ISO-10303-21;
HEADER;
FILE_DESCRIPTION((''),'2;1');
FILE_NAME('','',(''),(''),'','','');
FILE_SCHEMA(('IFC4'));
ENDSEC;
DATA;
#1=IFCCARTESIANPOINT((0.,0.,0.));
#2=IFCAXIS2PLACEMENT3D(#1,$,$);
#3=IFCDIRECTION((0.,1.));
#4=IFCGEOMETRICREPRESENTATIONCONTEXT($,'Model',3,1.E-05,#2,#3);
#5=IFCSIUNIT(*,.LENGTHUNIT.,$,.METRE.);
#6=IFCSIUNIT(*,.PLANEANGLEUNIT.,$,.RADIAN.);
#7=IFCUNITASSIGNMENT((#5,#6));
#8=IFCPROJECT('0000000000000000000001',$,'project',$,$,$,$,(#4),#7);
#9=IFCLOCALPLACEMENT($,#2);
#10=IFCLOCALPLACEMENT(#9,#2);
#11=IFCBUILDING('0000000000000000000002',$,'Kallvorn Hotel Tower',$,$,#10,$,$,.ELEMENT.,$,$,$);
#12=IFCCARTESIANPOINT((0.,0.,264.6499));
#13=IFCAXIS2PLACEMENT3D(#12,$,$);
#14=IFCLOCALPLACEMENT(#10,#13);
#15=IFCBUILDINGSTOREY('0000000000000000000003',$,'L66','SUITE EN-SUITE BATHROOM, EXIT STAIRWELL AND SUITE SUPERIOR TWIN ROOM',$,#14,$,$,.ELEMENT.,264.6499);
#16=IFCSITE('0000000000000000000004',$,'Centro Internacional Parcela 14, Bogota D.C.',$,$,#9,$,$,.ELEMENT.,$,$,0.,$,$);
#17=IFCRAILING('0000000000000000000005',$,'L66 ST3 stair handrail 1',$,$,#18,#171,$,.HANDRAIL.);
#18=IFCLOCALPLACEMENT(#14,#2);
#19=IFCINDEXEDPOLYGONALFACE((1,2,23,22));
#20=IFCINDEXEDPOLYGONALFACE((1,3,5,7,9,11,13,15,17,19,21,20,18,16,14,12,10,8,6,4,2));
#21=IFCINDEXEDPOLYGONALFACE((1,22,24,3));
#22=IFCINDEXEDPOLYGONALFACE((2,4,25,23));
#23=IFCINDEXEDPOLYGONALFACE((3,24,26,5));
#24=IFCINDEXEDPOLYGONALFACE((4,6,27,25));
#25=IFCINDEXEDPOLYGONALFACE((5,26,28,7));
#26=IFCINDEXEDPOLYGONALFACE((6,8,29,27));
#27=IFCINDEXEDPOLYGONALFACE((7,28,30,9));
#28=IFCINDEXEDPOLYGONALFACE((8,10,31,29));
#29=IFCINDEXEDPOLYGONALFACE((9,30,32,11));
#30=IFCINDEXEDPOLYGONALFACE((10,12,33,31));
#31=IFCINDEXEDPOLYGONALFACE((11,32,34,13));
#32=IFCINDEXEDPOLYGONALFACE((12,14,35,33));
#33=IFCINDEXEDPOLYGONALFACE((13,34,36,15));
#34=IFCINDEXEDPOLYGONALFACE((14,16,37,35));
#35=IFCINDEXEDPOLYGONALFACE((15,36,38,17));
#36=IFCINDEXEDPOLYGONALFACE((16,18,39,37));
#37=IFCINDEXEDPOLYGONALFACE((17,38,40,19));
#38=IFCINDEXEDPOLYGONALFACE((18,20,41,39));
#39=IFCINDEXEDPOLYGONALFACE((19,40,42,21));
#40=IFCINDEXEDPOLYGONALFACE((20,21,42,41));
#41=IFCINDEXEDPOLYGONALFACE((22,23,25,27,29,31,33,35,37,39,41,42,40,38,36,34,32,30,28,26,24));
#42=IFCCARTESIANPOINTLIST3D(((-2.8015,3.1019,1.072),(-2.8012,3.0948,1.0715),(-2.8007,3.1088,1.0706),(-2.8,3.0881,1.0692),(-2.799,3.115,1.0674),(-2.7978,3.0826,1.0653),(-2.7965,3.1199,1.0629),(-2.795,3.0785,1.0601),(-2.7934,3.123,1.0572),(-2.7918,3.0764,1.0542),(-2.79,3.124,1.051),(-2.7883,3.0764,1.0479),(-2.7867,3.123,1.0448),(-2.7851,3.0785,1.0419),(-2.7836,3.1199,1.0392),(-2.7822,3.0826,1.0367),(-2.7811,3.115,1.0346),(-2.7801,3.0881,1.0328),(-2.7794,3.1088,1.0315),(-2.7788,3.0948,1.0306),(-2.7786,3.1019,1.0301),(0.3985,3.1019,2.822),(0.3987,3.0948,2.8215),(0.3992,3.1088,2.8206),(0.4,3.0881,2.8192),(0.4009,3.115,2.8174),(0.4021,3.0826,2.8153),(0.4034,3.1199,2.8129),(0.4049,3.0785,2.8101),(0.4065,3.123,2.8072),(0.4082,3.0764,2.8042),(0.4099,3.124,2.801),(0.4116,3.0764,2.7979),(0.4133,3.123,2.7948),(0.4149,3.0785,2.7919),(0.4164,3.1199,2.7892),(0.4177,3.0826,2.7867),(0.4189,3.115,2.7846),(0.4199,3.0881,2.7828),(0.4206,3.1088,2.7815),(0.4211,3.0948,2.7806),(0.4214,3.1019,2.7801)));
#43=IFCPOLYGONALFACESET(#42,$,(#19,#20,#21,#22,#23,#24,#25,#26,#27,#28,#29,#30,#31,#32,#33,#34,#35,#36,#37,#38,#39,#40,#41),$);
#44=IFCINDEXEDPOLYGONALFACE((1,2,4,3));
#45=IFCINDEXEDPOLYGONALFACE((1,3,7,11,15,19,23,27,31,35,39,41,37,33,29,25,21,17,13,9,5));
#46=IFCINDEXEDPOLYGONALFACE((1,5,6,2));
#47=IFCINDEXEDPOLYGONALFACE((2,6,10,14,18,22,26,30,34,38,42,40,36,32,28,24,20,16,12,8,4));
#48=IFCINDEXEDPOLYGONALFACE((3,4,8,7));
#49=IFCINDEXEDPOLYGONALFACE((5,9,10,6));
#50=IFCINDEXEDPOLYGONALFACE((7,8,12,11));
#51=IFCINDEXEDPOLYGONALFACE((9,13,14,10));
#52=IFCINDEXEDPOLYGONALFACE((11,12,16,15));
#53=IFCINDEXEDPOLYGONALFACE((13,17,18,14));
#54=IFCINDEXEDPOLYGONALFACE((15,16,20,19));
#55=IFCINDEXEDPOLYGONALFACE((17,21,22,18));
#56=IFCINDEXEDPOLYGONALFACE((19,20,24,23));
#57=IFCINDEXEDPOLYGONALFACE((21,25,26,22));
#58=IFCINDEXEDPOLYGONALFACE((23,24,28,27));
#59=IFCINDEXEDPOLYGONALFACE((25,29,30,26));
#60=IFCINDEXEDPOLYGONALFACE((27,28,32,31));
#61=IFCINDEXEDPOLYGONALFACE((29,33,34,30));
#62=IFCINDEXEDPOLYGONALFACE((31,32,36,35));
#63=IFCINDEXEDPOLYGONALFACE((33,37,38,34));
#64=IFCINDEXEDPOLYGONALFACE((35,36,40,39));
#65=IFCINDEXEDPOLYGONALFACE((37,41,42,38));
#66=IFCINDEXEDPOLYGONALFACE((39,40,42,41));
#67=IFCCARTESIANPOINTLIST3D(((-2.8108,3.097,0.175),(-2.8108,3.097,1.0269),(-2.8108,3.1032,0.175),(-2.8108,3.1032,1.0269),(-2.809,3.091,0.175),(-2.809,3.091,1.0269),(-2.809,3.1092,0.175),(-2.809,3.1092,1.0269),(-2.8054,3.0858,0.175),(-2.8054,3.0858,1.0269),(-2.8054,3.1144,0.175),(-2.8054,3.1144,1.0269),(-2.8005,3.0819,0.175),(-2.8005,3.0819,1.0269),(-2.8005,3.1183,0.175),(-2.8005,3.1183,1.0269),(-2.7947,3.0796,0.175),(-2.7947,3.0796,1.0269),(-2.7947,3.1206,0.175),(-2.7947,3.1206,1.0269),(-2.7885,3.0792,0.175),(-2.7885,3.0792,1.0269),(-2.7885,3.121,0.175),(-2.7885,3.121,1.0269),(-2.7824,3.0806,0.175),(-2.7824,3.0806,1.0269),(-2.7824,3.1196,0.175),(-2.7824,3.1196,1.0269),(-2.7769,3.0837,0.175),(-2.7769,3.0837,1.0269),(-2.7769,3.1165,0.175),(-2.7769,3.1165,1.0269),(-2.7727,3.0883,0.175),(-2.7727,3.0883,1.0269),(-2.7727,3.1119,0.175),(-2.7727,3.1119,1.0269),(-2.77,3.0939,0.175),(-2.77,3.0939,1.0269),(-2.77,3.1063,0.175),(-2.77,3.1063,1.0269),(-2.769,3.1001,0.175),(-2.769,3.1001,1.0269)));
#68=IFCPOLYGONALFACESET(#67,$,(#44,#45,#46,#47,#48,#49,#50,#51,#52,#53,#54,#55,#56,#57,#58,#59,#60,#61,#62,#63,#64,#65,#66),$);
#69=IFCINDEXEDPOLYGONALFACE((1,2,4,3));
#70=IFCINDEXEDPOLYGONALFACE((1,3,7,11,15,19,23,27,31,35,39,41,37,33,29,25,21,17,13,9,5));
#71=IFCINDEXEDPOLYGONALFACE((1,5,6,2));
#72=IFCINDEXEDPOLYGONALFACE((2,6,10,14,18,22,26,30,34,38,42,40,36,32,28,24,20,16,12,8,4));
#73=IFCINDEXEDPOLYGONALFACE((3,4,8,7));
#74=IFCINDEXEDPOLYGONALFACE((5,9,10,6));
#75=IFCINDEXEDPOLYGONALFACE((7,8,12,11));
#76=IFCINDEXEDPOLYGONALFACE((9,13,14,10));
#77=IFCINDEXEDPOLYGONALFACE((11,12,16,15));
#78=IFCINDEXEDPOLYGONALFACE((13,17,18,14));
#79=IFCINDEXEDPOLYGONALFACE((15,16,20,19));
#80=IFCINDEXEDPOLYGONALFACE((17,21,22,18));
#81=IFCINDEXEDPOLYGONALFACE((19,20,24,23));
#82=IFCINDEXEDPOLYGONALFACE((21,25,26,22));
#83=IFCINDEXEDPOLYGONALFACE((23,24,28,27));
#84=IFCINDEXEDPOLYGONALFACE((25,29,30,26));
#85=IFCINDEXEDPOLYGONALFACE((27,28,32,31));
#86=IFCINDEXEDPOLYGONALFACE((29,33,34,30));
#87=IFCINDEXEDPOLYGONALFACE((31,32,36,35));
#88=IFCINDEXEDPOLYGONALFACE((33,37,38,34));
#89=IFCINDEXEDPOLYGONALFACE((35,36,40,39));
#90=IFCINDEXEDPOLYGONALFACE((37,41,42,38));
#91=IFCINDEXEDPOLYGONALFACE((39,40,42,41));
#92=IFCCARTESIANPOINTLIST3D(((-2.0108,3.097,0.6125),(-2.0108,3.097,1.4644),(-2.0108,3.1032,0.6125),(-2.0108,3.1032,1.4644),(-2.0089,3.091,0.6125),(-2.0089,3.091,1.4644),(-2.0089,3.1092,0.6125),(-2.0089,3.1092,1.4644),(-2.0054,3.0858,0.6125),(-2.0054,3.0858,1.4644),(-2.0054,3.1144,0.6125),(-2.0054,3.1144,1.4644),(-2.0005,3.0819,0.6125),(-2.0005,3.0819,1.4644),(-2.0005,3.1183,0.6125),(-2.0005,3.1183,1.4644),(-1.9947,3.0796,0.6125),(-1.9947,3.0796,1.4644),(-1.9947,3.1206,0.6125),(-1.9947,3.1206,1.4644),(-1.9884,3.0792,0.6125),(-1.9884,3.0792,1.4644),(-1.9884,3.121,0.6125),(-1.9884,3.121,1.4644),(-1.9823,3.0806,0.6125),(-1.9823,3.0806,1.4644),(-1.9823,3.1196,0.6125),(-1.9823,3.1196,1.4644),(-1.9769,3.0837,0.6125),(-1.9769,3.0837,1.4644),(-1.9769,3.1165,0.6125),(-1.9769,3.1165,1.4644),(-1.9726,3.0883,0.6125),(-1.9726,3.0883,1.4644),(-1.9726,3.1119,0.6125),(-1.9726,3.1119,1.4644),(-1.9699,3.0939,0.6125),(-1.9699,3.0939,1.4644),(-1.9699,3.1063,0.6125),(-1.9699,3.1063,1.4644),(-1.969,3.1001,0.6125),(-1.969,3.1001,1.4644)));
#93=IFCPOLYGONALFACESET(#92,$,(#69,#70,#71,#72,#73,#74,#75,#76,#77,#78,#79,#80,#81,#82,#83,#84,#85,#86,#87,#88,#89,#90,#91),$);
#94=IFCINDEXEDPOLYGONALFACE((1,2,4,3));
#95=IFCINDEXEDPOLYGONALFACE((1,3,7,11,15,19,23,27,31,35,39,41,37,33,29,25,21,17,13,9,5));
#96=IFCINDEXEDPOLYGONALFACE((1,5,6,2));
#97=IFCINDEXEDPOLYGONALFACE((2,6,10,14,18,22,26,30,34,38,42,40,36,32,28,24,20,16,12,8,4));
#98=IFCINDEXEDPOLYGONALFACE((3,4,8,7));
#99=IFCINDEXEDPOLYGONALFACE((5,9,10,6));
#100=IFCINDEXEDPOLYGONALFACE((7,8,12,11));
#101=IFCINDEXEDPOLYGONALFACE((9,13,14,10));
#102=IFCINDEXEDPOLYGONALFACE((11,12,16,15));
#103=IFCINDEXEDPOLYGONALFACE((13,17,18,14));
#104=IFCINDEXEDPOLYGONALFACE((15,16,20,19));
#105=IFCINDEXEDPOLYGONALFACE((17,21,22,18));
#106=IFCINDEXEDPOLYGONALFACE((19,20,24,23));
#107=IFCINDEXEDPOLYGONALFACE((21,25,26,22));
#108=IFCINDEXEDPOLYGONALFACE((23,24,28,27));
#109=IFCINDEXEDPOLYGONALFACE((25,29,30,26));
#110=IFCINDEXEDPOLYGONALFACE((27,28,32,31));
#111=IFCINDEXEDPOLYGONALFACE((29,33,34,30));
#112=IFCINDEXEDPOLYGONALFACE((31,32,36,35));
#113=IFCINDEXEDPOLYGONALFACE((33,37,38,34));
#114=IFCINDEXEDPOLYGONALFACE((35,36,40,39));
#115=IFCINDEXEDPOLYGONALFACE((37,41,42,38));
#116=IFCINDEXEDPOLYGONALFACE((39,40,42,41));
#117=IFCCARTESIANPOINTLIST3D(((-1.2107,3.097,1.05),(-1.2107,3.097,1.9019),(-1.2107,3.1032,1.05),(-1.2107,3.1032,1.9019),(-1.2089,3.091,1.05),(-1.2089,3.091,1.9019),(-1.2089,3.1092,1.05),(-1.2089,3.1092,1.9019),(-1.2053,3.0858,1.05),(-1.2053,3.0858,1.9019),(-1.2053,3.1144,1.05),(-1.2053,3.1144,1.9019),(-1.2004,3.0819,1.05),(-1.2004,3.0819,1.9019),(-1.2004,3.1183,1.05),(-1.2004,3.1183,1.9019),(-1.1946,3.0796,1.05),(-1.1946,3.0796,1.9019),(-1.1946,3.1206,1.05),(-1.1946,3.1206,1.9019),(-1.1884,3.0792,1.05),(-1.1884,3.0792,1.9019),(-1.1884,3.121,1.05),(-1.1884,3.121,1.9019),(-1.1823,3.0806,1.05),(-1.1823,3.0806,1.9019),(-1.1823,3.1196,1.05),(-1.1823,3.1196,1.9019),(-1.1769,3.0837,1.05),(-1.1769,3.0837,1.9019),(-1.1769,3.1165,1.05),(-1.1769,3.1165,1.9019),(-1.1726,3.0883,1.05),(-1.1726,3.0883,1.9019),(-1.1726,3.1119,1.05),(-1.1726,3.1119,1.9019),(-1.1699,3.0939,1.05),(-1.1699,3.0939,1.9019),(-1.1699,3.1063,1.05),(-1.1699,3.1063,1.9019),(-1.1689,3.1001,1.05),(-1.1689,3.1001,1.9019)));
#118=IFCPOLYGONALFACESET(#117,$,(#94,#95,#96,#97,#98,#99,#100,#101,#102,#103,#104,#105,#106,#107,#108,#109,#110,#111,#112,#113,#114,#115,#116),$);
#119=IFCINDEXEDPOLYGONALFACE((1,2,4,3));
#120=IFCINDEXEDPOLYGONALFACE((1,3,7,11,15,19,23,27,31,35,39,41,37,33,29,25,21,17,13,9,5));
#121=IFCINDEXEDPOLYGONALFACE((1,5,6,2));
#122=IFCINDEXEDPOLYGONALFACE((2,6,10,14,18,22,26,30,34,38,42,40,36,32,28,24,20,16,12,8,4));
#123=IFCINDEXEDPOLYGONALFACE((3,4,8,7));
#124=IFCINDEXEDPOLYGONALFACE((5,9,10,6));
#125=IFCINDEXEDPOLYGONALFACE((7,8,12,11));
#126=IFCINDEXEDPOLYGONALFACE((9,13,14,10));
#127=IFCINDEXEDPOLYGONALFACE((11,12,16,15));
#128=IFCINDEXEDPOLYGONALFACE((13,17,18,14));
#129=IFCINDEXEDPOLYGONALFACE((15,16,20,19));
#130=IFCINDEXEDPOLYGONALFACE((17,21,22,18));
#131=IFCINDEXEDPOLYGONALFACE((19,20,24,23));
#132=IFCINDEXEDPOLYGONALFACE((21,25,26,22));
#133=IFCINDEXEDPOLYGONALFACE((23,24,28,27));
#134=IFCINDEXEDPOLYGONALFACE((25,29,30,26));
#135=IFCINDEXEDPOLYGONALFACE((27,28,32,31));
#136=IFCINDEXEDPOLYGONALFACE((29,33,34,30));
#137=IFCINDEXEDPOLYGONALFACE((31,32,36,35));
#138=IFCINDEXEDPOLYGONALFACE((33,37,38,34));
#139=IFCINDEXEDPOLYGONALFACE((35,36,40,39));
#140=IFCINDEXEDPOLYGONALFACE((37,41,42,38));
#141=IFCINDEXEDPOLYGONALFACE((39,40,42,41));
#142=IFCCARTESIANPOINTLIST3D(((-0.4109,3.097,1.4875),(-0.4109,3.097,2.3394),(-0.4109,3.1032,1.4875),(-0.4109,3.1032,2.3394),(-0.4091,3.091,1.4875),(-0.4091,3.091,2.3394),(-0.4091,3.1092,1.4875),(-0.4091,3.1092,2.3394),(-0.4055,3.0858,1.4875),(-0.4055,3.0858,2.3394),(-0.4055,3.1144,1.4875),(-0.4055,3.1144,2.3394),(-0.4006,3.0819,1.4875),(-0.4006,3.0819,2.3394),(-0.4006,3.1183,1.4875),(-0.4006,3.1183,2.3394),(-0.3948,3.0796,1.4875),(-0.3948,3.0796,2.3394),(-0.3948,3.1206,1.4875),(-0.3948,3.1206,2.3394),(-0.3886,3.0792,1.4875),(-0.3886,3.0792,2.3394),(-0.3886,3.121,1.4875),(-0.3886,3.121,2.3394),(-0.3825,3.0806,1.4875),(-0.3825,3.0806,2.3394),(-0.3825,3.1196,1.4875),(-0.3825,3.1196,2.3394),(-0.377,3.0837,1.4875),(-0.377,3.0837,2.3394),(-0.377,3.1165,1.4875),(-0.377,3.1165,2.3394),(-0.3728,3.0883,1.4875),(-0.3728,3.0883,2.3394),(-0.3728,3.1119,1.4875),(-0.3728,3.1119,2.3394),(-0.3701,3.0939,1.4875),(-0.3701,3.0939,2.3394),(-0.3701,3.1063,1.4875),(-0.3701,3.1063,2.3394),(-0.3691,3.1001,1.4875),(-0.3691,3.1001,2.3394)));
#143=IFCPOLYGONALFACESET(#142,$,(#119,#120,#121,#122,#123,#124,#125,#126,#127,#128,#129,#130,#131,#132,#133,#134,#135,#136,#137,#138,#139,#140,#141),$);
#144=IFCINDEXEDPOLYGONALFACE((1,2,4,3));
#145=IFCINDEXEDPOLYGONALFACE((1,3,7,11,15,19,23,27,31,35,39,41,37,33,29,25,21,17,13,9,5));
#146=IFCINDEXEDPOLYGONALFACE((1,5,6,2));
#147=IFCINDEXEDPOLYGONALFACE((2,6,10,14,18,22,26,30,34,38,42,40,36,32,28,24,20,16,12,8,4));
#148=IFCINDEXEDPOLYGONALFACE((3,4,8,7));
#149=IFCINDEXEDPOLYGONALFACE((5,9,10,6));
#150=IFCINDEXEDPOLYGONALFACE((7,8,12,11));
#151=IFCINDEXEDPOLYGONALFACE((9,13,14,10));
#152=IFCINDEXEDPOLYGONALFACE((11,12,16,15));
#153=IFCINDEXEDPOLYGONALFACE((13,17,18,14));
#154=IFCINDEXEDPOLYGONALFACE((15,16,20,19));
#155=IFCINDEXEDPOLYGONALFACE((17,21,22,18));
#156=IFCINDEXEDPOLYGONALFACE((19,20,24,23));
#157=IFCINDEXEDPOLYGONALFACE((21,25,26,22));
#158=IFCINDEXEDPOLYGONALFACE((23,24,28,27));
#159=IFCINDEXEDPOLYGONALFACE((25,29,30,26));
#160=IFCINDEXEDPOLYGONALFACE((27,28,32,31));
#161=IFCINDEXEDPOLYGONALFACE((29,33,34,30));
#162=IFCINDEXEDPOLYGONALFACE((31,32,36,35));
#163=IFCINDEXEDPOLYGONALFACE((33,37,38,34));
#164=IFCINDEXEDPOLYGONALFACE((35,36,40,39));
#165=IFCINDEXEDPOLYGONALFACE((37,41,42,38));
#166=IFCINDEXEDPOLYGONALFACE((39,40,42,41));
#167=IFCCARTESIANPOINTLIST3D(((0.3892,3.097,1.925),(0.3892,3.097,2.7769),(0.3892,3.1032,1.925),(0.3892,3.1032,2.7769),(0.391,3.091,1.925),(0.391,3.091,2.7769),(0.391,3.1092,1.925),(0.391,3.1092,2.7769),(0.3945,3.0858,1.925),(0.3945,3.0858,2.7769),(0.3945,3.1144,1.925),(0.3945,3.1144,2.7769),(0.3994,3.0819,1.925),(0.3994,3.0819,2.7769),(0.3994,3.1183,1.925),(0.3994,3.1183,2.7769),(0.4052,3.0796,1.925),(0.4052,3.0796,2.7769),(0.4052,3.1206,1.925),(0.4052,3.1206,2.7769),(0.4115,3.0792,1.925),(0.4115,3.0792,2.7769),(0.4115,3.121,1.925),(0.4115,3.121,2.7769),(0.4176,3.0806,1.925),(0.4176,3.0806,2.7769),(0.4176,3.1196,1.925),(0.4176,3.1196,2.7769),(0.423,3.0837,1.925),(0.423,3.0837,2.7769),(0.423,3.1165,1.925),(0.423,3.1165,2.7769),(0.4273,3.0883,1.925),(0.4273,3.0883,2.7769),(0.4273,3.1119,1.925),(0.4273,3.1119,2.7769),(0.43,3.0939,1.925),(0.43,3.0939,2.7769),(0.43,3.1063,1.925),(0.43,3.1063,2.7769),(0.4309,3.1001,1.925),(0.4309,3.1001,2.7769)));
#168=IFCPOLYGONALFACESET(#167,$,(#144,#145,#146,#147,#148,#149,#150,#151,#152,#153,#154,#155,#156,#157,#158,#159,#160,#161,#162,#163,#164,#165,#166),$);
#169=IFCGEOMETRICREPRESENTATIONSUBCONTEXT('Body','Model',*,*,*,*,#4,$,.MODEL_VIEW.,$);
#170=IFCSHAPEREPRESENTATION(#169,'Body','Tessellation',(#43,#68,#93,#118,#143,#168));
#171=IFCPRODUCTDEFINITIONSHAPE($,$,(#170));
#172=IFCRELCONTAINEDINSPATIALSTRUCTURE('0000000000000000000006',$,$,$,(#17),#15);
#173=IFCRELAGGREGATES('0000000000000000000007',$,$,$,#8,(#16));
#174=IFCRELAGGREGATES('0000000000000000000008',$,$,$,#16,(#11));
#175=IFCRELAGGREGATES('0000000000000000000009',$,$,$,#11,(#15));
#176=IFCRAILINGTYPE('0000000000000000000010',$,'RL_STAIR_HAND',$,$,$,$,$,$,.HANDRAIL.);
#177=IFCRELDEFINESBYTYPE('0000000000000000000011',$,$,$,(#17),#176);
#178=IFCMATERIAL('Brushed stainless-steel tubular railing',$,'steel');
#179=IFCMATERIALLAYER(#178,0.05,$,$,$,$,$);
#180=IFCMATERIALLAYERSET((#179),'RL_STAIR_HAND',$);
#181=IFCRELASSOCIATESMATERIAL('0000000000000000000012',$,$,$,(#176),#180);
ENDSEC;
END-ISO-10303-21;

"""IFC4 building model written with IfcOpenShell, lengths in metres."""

from ifc_helpers import new_model, si_unit, direction, frame, origin, origin_2d, place, context, subcontext, project, spatial, circle, extrude, material, layer, layer_set, type_object, element, save


model = new_model("IFC4")

# Units and contexts
model_context = context("Model", 3, precision=1e-05, world=origin(), true_north=direction((0.0, 1.0)))
body_context = subcontext(model_context, "Body", "Model", "MODEL_VIEW")
ifc_project = project(units=[si_unit("LENGTHUNIT", "METRE"), si_unit("PLANEANGLEUNIT", "RADIAN")], contexts=[model_context])

# Site, building, storey
site_placement = place(None, origin())
site = spatial("IfcSite", under=ifc_project, at=site_placement, Name="Centro Internacional Parcela 14, Bogota D.C.", CompositionType="ELEMENT", RefElevation=0.0)
building_placement = place(site_placement, origin())
building = spatial("IfcBuilding", under=site, at=building_placement, Name="Kallvorn Hotel Tower", CompositionType="ELEMENT")
storey_placement = place(building_placement, frame((0.0, 0.0, 264.6499)))
storey = spatial("IfcBuildingStorey", under=building, at=storey_placement, Name="L66", Description="SUITE EN-SUITE BATHROOM, EXIT STAIRWELL AND SUITE SUPERIOR TWIN ROOM", CompositionType="ELEMENT", Elevation=264.6499)

# Railing
ifc_material_1 = material(Name="Brushed stainless-steel tubular railing", Category="steel")
ifc_layer_1 = layer(ifc_material_1, 0.05)
ifc_layer_set_1 = layer_set([ifc_layer_1], Name="RL_STAIR_HAND")
railing_type_1 = type_object("IfcRailingType", Name="RL_STAIR_HAND", PredefinedType="HANDRAIL", material=ifc_layer_set_1)
railing_1_placement = place(storey_placement, frame((-2.79, 3.1001, 0.175)))
element("IfcRailing", 1, at=railing_1_placement, inside=storey, type_object=railing_type_1, Name="L66 ST3 stair handrail 1", PredefinedType="HANDRAIL", context=body_context, shape_type="SweptSolid", body=[
    extrude(circle(Radius=0.0239, at=origin_2d()), frame((0.0, 0.0, 0.876), z_axis=(0.877368, 0.0, 0.479818), x_axis=(0.0, 1.0, 0.0)), (0.0, 0.0, 1.0), 3.6472),
    extrude(circle(Radius=0.021, at=origin_2d()), origin(), (0.0, 0.0, 1.0), 0.8518),
    extrude(circle(Radius=0.021, at=origin_2d()), frame((0.8, 0.0, 0.4375)), (0.0, 0.0, 1.0), 0.8518),
    extrude(circle(Radius=0.021, at=origin_2d()), frame((1.6001, 0.0, 0.875)), (0.0, 0.0, 1.0), 0.8518),
    extrude(circle(Radius=0.021, at=origin_2d()), frame((2.3999, 0.0, 1.3125)), (0.0, 0.0, 1.0), 0.8518),
    extrude(circle(Radius=0.021, at=origin_2d()), frame((3.2, 0.0, 1.75)), (0.0, 0.0, 1.0), 0.8518),
])

save(model, "model.ifc")
